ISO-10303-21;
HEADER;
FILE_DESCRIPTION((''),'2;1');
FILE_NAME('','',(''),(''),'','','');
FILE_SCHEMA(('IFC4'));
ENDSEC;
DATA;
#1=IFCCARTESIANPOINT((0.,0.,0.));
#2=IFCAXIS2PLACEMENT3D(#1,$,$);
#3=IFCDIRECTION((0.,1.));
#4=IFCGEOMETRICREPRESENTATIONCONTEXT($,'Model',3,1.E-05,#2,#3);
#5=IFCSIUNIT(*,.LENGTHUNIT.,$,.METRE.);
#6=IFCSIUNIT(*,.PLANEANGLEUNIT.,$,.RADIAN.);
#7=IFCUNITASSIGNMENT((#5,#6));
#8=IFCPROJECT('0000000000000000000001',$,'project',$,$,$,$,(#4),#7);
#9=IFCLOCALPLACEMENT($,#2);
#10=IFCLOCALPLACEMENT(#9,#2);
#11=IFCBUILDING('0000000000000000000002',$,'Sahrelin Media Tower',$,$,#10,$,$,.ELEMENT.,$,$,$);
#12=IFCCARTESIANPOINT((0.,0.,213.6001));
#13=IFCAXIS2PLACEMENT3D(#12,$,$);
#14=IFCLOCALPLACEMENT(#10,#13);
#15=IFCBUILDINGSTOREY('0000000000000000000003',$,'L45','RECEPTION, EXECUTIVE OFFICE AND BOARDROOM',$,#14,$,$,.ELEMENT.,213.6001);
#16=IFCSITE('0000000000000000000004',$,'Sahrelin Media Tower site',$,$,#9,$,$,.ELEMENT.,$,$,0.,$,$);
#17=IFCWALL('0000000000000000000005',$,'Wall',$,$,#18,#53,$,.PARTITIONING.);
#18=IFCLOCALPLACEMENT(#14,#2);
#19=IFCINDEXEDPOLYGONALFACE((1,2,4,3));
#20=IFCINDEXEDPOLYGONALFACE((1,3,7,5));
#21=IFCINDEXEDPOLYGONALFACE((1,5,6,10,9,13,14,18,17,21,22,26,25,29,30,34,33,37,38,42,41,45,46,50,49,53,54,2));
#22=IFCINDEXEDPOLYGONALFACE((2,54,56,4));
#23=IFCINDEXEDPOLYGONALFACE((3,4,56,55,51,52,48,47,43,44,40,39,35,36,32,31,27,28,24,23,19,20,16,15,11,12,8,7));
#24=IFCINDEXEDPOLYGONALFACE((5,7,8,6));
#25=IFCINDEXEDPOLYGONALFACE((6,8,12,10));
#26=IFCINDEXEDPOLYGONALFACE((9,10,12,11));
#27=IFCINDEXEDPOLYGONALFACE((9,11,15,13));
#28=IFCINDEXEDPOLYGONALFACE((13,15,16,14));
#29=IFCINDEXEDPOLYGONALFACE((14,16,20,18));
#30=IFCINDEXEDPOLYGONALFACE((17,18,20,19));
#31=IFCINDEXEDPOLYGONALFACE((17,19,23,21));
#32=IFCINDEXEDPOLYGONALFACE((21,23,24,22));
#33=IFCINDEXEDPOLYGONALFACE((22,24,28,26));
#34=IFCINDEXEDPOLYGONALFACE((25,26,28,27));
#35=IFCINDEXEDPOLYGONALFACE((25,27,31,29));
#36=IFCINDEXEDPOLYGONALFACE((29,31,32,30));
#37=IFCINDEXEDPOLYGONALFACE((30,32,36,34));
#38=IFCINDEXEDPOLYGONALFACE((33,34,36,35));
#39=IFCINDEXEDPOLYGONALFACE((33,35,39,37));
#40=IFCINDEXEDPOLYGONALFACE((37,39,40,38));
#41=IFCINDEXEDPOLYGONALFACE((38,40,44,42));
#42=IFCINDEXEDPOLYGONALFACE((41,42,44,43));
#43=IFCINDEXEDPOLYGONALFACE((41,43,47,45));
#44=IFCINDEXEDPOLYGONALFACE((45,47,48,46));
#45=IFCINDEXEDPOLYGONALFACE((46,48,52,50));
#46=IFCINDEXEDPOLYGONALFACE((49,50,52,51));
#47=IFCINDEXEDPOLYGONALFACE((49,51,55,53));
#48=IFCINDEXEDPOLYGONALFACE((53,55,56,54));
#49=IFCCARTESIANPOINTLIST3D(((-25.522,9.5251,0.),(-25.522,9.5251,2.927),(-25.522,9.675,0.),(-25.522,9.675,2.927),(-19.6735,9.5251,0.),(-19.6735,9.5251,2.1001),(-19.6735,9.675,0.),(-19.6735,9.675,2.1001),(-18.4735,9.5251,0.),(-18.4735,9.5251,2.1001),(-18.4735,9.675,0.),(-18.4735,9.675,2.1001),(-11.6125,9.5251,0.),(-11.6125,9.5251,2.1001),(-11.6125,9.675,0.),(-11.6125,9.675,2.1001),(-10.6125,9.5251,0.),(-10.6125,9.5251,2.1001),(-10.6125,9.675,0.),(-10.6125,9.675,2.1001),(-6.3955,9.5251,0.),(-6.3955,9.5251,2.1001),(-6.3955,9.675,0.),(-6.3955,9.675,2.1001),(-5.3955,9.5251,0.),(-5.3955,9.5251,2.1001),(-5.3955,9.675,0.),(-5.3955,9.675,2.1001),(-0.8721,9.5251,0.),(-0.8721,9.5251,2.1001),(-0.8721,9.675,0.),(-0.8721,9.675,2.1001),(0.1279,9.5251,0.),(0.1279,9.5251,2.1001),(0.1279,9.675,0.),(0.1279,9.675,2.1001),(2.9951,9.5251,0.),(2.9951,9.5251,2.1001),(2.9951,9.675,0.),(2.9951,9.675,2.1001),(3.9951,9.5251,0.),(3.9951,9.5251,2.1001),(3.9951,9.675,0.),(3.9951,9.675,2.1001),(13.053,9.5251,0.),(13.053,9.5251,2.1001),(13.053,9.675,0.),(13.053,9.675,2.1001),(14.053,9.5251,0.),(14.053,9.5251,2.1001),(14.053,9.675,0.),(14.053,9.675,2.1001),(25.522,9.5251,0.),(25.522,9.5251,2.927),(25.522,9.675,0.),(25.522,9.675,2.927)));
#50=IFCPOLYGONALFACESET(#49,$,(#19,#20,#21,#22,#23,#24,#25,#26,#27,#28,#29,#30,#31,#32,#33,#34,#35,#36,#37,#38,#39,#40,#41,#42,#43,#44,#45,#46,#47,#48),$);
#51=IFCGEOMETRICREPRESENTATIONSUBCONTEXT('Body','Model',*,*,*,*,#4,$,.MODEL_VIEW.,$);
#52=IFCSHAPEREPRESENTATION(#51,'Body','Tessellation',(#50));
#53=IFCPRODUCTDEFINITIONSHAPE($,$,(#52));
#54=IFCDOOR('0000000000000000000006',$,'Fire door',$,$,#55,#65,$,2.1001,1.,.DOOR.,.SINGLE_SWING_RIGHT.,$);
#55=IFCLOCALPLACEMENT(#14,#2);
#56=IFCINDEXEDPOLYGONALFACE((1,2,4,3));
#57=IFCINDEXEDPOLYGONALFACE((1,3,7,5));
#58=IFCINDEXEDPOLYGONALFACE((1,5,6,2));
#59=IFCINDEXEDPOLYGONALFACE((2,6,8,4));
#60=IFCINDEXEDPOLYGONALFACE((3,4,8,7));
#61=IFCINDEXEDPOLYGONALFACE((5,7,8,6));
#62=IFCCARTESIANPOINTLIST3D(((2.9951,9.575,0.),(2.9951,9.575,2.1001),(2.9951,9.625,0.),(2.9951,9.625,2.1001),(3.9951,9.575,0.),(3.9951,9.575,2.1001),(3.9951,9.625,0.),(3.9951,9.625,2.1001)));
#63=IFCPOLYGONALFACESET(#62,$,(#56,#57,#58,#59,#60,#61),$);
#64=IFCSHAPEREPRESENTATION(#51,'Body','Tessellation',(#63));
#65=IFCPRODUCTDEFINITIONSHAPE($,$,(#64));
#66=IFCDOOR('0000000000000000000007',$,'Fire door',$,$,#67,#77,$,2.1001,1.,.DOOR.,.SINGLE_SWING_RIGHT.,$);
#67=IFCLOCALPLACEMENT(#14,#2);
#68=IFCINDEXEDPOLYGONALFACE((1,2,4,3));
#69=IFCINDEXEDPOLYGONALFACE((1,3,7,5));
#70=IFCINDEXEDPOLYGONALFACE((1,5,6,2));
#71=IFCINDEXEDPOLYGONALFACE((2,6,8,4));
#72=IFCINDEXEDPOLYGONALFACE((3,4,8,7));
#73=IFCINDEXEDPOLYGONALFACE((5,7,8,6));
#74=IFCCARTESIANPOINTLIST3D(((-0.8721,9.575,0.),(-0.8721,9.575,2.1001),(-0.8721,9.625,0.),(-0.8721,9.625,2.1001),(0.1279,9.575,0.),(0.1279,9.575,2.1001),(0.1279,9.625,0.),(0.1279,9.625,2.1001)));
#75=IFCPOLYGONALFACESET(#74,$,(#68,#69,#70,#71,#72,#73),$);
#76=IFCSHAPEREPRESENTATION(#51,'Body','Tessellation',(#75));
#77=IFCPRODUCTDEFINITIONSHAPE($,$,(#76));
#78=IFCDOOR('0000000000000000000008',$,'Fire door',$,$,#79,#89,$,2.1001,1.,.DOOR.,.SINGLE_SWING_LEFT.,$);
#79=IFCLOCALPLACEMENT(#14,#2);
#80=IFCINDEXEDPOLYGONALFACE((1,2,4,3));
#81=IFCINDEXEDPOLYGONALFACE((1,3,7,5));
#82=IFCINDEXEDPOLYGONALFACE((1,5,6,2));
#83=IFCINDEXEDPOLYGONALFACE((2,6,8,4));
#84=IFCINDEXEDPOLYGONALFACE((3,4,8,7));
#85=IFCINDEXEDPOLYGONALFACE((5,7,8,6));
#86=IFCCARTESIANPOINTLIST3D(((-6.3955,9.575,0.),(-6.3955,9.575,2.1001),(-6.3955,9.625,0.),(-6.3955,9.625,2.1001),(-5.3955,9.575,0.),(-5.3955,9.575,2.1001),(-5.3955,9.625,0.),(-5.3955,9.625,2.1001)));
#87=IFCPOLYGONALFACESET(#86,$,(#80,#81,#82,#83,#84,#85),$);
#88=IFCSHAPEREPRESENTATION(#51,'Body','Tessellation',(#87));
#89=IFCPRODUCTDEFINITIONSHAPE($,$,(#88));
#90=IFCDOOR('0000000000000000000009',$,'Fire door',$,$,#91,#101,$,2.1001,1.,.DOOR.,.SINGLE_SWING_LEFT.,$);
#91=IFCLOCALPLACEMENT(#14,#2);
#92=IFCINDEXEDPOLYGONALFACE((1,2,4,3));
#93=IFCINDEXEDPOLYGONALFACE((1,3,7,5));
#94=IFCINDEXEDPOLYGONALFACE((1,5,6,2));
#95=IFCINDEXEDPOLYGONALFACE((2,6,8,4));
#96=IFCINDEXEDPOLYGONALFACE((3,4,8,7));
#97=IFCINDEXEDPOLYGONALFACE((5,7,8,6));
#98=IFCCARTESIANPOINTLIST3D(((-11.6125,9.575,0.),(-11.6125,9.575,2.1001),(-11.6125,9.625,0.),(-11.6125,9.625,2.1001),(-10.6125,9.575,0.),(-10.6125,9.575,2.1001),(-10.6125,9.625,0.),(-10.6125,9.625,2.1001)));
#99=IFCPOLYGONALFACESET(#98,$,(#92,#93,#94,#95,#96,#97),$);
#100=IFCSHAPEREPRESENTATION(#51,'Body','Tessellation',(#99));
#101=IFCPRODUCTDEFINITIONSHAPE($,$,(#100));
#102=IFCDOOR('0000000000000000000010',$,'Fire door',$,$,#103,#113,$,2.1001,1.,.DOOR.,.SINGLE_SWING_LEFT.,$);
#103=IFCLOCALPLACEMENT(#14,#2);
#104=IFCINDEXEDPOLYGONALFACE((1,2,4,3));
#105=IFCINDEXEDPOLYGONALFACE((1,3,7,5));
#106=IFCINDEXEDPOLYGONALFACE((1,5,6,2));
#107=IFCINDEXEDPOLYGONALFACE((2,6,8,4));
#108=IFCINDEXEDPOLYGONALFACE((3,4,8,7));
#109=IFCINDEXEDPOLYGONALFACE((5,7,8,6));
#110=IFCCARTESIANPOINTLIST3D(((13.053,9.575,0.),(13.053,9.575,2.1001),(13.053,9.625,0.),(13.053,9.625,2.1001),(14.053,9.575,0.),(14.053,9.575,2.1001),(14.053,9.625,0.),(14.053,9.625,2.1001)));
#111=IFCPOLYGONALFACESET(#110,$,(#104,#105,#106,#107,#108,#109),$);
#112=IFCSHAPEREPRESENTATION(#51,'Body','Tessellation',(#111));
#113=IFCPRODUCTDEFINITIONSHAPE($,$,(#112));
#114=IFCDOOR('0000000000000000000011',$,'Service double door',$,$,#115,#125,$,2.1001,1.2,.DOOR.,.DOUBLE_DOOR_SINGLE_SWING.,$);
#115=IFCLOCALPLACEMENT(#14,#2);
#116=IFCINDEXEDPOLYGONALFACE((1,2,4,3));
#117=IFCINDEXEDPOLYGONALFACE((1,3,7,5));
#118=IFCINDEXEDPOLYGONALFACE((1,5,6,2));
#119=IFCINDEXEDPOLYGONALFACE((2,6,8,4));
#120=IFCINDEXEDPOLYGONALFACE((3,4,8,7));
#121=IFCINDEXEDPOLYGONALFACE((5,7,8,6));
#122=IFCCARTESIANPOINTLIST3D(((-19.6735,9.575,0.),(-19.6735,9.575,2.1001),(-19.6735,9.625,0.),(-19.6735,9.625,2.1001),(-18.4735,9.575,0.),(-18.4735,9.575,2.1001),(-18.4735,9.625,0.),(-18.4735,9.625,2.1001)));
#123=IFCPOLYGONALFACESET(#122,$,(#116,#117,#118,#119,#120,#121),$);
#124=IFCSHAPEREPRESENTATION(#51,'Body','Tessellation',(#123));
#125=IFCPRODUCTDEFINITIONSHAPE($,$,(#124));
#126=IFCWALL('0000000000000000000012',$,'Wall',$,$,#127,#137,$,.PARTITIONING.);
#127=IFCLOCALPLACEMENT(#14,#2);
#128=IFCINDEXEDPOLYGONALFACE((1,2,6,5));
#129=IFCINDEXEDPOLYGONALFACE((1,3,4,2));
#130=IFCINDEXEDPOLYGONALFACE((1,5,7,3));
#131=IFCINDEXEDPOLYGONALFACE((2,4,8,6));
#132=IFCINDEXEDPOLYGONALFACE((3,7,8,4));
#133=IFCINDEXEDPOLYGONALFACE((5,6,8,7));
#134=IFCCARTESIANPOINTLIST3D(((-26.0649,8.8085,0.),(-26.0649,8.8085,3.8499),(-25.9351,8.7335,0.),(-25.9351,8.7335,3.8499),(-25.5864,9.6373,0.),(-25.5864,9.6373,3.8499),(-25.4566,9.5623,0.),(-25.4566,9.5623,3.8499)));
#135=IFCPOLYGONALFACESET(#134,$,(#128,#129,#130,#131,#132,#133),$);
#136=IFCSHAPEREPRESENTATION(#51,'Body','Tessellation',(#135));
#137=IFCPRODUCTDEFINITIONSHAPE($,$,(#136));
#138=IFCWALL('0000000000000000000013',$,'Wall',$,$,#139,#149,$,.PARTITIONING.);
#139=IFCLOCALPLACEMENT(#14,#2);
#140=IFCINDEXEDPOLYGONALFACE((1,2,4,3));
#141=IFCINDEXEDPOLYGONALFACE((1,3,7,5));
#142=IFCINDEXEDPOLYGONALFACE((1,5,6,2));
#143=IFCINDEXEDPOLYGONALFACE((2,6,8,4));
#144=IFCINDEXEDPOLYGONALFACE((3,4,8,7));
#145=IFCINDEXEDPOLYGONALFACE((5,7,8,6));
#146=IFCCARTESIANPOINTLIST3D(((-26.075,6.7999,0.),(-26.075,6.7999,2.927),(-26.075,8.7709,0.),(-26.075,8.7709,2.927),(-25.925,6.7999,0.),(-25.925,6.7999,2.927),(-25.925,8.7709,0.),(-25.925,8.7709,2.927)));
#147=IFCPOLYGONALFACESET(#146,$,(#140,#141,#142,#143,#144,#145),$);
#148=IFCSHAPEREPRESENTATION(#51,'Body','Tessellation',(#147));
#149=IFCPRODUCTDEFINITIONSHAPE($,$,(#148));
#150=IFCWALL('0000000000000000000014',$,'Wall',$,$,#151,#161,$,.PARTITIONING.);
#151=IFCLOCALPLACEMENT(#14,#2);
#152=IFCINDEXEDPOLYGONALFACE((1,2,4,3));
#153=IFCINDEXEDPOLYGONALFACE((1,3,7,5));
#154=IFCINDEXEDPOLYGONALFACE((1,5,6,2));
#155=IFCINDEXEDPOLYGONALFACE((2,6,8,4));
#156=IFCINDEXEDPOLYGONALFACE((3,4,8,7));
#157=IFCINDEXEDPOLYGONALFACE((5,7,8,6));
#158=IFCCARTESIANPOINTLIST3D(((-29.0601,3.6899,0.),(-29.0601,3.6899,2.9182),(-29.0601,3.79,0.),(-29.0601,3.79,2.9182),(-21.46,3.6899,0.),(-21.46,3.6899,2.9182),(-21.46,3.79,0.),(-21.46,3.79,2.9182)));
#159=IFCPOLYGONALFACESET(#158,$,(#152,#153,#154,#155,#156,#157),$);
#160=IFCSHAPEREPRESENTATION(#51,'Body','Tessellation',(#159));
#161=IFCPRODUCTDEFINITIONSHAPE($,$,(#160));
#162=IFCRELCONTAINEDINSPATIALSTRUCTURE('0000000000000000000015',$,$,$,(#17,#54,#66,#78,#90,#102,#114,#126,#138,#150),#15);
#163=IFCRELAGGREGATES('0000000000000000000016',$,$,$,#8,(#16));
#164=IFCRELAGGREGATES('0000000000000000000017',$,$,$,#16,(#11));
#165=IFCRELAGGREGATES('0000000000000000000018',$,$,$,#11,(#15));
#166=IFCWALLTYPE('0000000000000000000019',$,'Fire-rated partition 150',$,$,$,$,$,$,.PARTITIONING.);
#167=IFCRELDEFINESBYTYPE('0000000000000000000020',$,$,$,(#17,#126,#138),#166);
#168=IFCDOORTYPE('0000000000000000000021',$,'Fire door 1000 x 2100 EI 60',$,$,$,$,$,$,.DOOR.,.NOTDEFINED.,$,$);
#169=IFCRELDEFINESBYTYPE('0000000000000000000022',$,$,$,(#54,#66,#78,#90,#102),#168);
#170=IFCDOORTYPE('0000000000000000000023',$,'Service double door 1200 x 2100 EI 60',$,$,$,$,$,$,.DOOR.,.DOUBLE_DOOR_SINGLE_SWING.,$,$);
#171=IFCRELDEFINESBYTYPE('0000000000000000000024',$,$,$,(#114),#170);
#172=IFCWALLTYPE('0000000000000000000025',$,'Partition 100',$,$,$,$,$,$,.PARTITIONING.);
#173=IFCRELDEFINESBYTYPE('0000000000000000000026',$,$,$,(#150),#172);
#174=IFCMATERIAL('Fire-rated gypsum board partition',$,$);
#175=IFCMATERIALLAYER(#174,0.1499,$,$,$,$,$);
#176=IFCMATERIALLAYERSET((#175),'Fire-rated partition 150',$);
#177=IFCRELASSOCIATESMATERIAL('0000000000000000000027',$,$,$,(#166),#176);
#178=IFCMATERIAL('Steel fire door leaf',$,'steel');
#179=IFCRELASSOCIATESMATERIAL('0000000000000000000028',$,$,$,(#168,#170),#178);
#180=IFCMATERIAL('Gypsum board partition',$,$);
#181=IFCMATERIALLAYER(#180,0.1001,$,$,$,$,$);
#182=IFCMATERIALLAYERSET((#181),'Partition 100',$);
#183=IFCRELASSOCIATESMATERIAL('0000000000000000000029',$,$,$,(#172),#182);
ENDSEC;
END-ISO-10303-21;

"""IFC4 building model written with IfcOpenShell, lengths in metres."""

from ifc_helpers import new_model, si_unit, direction, frame, frame_2d, origin, place, context, subcontext, project, spatial, rectangle, extrude, material, layer, layer_set, type_object, element, fill, save


model = new_model("IFC4")

# Units and contexts
model_context = context("Model", 3, precision=1e-05, world=origin(), true_north=direction((0.0, 1.0)))
body_context = subcontext(model_context, "Body", "Model", "MODEL_VIEW")
ifc_project = project(units=[si_unit("LENGTHUNIT", "METRE"), si_unit("PLANEANGLEUNIT", "RADIAN")], contexts=[model_context])

# Site, building, storey
site_placement = place(None, origin())
site = spatial("IfcSite", under=ifc_project, at=site_placement, Name="Sahrelin Media Tower site", CompositionType="ELEMENT", RefElevation=0.0)
building_placement = place(site_placement, origin())
building = spatial("IfcBuilding", under=site, at=building_placement, Name="Sahrelin Media Tower", CompositionType="ELEMENT")
storey_placement = place(building_placement, frame((0.0, 0.0, 213.6001)))
storey = spatial("IfcBuildingStorey", under=building, at=storey_placement, Name="L45", Description="RECEPTION, EXECUTIVE OFFICE AND BOARDROOM", CompositionType="ELEMENT", Elevation=213.6001)

# Shared definitions
ifc_material_1 = material(Name="Fire-rated gypsum board partition")
ifc_layer_1 = layer(ifc_material_1, 0.1499)
ifc_layer_set_1 = layer_set([ifc_layer_1], Name="Fire-rated partition 150")
wall_type_1 = type_object("IfcWallType", Name="Fire-rated partition 150", PredefinedType="PARTITIONING", material=ifc_layer_set_1)

# Wall, openings, doors
wall_1_placement = place(storey_placement, frame((-25.522, 9.6001, 0.0), z_axis=(0.0, 0.0, 1.0), x_axis=(1.0, 0.0, 0.0)))
wall_1 = element("IfcWall", 1, at=wall_1_placement, inside=storey, type_object=wall_type_1, Name="Wall", PredefinedType="PARTITIONING", context=body_context, shape_type="SweptSolid", body=[
    extrude(rectangle(XDim=51.0439, YDim=0.1499, at=frame_2d((25.522, 0.0))), origin(), (0.0, 0.0, 1.0), 2.927),
])
opening_1_placement = place(wall_1_placement, frame((28.5171, 0.0, 0.0)))
opening_1 = element("IfcOpeningElement", 2, at=opening_1_placement, cuts=wall_1, PredefinedType="OPENING", context=body_context, shape_type="SweptSolid", body=[
    extrude(rectangle(XDim=1.0, YDim=2.1001, at=frame_2d((0.5, 1.05))), frame((0.0, 0.075, 0.0), z_axis=(0.0, -1.0, 0.0), x_axis=(1.0, 0.0, 0.0)), (0.0, 0.0, 1.0), 0.1499),
])
opening_2_placement = place(wall_1_placement, frame((24.6499, 0.0, 0.0)))
opening_2 = element("IfcOpeningElement", 3, at=opening_2_placement, cuts=wall_1, PredefinedType="OPENING", context=body_context, shape_type="SweptSolid", body=[
    extrude(rectangle(XDim=1.0, YDim=2.1001, at=frame_2d((0.5, 1.05))), frame((0.0, 0.075, 0.0), z_axis=(0.0, -1.0, 0.0), x_axis=(1.0, 0.0, 0.0)), (0.0, 0.0, 1.0), 0.1499),
])
opening_3_placement = place(wall_1_placement, frame((19.1265, 0.0, 0.0)))
opening_3 = element("IfcOpeningElement", 4, at=opening_3_placement, cuts=wall_1, PredefinedType="OPENING", context=body_context, shape_type="SweptSolid", body=[
    extrude(rectangle(XDim=1.0, YDim=2.1001, at=frame_2d((0.5, 1.05))), frame((0.0, 0.075, 0.0), z_axis=(0.0, -1.0, 0.0), x_axis=(1.0, 0.0, 0.0)), (0.0, 0.0, 1.0), 0.1499),
])
opening_4_placement = place(wall_1_placement, frame((13.9094, 0.0, 0.0)))
opening_4 = element("IfcOpeningElement", 5, at=opening_4_placement, cuts=wall_1, PredefinedType="OPENING", context=body_context, shape_type="SweptSolid", body=[
    extrude(rectangle(XDim=1.0, YDim=2.1001, at=frame_2d((0.5, 1.05))), frame((0.0, 0.075, 0.0), z_axis=(0.0, -1.0, 0.0), x_axis=(1.0, 0.0, 0.0)), (0.0, 0.0, 1.0), 0.1499),
])
opening_5_placement = place(wall_1_placement, frame((5.8484, 0.0, 0.0)))
opening_5 = element("IfcOpeningElement", 6, at=opening_5_placement, cuts=wall_1, PredefinedType="OPENING", context=body_context, shape_type="SweptSolid", body=[
    extrude(rectangle(XDim=1.2, YDim=2.1001, at=frame_2d((0.6001, 1.05))), frame((0.0, 0.075, 0.0), z_axis=(0.0, -1.0, 0.0), x_axis=(1.0, 0.0, 0.0)), (0.0, 0.0, 1.0), 0.1499),
])
opening_6_placement = place(wall_1_placement, frame((38.575, 0.0, 0.0)))
opening_6 = element("IfcOpeningElement", 7, at=opening_6_placement, cuts=wall_1, PredefinedType="OPENING", context=body_context, shape_type="SweptSolid", body=[
    extrude(rectangle(XDim=1.0, YDim=2.1001, at=frame_2d((0.5, 1.05))), frame((0.0, 0.075, 0.0), z_axis=(0.0, -1.0, 0.0), x_axis=(1.0, 0.0, 0.0)), (0.0, 0.0, 1.0), 0.1499),
])
ifc_material_2 = material(Name="Steel fire door leaf", Category="steel")
door_type_1 = type_object("IfcDoorType", Name="Fire door 1000 x 2100 EI 60", OperationType="NOTDEFINED", PredefinedType="DOOR", material=ifc_material_2)
door_1_placement = place(opening_1_placement, origin())
door_1 = element("IfcDoor", 8, at=door_1_placement, inside=storey, type_object=door_type_1, Name="Fire door", OperationType="SINGLE_SWING_RIGHT", OverallHeight=2.1001, OverallWidth=1.0, PredefinedType="DOOR", context=body_context, shape_type="SweptSolid", body=[
    extrude(rectangle(XDim=1.0, YDim=2.1001, at=frame_2d((0.5, 1.05))), frame((0.0, 0.0249, 0.0), z_axis=(0.0, -1.0, 0.0), x_axis=(1.0, 0.0, 0.0)), (0.0, 0.0, 1.0), 0.05),
])
fill(opening_1, door_1)
door_2_placement = place(opening_2_placement, origin())
door_2 = element("IfcDoor", 9, at=door_2_placement, inside=storey, type_object=door_type_1, Name="Fire door", OperationType="SINGLE_SWING_RIGHT", OverallHeight=2.1001, OverallWidth=1.0, PredefinedType="DOOR", context=body_context, shape_type="SweptSolid", body=[
    extrude(rectangle(XDim=1.0, YDim=2.1001, at=frame_2d((0.5, 1.05))), frame((0.0, 0.0249, 0.0), z_axis=(0.0, -1.0, 0.0), x_axis=(1.0, 0.0, 0.0)), (0.0, 0.0, 1.0), 0.05),
])
fill(opening_2, door_2)
door_3_placement = place(opening_3_placement, origin())
door_3 = element("IfcDoor", 10, at=door_3_placement, inside=storey, type_object=door_type_1, Name="Fire door", OperationType="SINGLE_SWING_LEFT", OverallHeight=2.1001, OverallWidth=1.0, PredefinedType="DOOR", context=body_context, shape_type="SweptSolid", body=[
    extrude(rectangle(XDim=1.0, YDim=2.1001, at=frame_2d((0.5, 1.05))), frame((0.0, 0.0249, 0.0), z_axis=(0.0, -1.0, 0.0), x_axis=(1.0, 0.0, 0.0)), (0.0, 0.0, 1.0), 0.05),
])
fill(opening_3, door_3)
door_4_placement = place(opening_4_placement, origin())
door_4 = element("IfcDoor", 11, at=door_4_placement, inside=storey, type_object=door_type_1, Name="Fire door", OperationType="SINGLE_SWING_LEFT", OverallHeight=2.1001, OverallWidth=1.0, PredefinedType="DOOR", context=body_context, shape_type="SweptSolid", body=[
    extrude(rectangle(XDim=1.0, YDim=2.1001, at=frame_2d((0.5, 1.05))), frame((0.0, 0.0249, 0.0), z_axis=(0.0, -1.0, 0.0), x_axis=(1.0, 0.0, 0.0)), (0.0, 0.0, 1.0), 0.05),
])
fill(opening_4, door_4)
door_5_placement = place(opening_6_placement, origin())
door_5 = element("IfcDoor", 12, at=door_5_placement, inside=storey, type_object=door_type_1, Name="Fire door", OperationType="SINGLE_SWING_LEFT", OverallHeight=2.1001, OverallWidth=1.0, PredefinedType="DOOR", context=body_context, shape_type="SweptSolid", body=[
    extrude(rectangle(XDim=1.0, YDim=2.1001, at=frame_2d((0.5, 1.05))), frame((0.0, 0.0249, 0.0), z_axis=(0.0, -1.0, 0.0), x_axis=(1.0, 0.0, 0.0)), (0.0, 0.0, 1.0), 0.05),
])
fill(opening_6, door_5)
door_type_2 = type_object("IfcDoorType", Name="Service double door 1200 x 2100 EI 60", OperationType="DOUBLE_DOOR_SINGLE_SWING", PredefinedType="DOOR", material=ifc_material_2)
door_6_placement = place(opening_5_placement, origin())
door_6 = element("IfcDoor", 13, at=door_6_placement, inside=storey, type_object=door_type_2, Name="Service double door", OperationType="DOUBLE_DOOR_SINGLE_SWING", OverallHeight=2.1001, OverallWidth=1.2, PredefinedType="DOOR", context=body_context, shape_type="SweptSolid", body=[
    extrude(rectangle(XDim=1.2, YDim=2.1001, at=frame_2d((0.6001, 1.05))), frame((0.0, 0.0249, 0.0), z_axis=(0.0, -1.0, 0.0), x_axis=(1.0, 0.0, 0.0)), (0.0, 0.0, 1.0), 0.05),
])
fill(opening_5, door_6)

# Walls
wall_2_placement = place(storey_placement, frame((-26.0, 8.771, 0.0), z_axis=(0.0, 0.0, 1.0), x_axis=(0.49998, 0.866037, 0.0)))
element("IfcWall", 14, at=wall_2_placement, inside=storey, type_object=wall_type_1, Name="Wall", PredefinedType="PARTITIONING", context=body_context, shape_type="SweptSolid", body=[
    extrude(rectangle(XDim=0.957, YDim=0.1499, at=frame_2d((0.4785, 0.0))), origin(), (0.0, 0.0, 1.0), 3.8499),
])
wall_3_placement = place(storey_placement, frame((-26.0, 6.8, 0.0), z_axis=(0.0, 0.0, 1.0), x_axis=(0.0, 1.0, 0.0)))
element("IfcWall", 15, at=wall_3_placement, inside=storey, type_object=wall_type_1, Name="Wall", PredefinedType="PARTITIONING", context=body_context, shape_type="SweptSolid", body=[
    extrude(rectangle(XDim=1.9709, YDim=0.1499, at=frame_2d((0.9854, 0.0))), origin(), (0.0, 0.0, 1.0), 2.927),
])
ifc_material_3 = material(Name="Gypsum board partition")
ifc_layer_2 = layer(ifc_material_3, 0.1001)
ifc_layer_set_2 = layer_set([ifc_layer_2], Name="Partition 100")
wall_type_2 = type_object("IfcWallType", Name="Partition 100", PredefinedType="PARTITIONING", material=ifc_layer_set_2)
wall_4_placement = place(storey_placement, frame((-29.0601, 3.74, 0.0), z_axis=(0.0, 0.0, 1.0), x_axis=(1.0, 0.0, 0.0)))
element("IfcWall", 16, at=wall_4_placement, inside=storey, type_object=wall_type_2, Name="Wall", PredefinedType="PARTITIONING", context=body_context, shape_type="SweptSolid", body=[
    extrude(rectangle(XDim=7.6001, YDim=0.1001, at=frame_2d((3.8, 0.0))), origin(), (0.0, 0.0, 1.0), 2.9182),
])

save(model, "model.ifc")
